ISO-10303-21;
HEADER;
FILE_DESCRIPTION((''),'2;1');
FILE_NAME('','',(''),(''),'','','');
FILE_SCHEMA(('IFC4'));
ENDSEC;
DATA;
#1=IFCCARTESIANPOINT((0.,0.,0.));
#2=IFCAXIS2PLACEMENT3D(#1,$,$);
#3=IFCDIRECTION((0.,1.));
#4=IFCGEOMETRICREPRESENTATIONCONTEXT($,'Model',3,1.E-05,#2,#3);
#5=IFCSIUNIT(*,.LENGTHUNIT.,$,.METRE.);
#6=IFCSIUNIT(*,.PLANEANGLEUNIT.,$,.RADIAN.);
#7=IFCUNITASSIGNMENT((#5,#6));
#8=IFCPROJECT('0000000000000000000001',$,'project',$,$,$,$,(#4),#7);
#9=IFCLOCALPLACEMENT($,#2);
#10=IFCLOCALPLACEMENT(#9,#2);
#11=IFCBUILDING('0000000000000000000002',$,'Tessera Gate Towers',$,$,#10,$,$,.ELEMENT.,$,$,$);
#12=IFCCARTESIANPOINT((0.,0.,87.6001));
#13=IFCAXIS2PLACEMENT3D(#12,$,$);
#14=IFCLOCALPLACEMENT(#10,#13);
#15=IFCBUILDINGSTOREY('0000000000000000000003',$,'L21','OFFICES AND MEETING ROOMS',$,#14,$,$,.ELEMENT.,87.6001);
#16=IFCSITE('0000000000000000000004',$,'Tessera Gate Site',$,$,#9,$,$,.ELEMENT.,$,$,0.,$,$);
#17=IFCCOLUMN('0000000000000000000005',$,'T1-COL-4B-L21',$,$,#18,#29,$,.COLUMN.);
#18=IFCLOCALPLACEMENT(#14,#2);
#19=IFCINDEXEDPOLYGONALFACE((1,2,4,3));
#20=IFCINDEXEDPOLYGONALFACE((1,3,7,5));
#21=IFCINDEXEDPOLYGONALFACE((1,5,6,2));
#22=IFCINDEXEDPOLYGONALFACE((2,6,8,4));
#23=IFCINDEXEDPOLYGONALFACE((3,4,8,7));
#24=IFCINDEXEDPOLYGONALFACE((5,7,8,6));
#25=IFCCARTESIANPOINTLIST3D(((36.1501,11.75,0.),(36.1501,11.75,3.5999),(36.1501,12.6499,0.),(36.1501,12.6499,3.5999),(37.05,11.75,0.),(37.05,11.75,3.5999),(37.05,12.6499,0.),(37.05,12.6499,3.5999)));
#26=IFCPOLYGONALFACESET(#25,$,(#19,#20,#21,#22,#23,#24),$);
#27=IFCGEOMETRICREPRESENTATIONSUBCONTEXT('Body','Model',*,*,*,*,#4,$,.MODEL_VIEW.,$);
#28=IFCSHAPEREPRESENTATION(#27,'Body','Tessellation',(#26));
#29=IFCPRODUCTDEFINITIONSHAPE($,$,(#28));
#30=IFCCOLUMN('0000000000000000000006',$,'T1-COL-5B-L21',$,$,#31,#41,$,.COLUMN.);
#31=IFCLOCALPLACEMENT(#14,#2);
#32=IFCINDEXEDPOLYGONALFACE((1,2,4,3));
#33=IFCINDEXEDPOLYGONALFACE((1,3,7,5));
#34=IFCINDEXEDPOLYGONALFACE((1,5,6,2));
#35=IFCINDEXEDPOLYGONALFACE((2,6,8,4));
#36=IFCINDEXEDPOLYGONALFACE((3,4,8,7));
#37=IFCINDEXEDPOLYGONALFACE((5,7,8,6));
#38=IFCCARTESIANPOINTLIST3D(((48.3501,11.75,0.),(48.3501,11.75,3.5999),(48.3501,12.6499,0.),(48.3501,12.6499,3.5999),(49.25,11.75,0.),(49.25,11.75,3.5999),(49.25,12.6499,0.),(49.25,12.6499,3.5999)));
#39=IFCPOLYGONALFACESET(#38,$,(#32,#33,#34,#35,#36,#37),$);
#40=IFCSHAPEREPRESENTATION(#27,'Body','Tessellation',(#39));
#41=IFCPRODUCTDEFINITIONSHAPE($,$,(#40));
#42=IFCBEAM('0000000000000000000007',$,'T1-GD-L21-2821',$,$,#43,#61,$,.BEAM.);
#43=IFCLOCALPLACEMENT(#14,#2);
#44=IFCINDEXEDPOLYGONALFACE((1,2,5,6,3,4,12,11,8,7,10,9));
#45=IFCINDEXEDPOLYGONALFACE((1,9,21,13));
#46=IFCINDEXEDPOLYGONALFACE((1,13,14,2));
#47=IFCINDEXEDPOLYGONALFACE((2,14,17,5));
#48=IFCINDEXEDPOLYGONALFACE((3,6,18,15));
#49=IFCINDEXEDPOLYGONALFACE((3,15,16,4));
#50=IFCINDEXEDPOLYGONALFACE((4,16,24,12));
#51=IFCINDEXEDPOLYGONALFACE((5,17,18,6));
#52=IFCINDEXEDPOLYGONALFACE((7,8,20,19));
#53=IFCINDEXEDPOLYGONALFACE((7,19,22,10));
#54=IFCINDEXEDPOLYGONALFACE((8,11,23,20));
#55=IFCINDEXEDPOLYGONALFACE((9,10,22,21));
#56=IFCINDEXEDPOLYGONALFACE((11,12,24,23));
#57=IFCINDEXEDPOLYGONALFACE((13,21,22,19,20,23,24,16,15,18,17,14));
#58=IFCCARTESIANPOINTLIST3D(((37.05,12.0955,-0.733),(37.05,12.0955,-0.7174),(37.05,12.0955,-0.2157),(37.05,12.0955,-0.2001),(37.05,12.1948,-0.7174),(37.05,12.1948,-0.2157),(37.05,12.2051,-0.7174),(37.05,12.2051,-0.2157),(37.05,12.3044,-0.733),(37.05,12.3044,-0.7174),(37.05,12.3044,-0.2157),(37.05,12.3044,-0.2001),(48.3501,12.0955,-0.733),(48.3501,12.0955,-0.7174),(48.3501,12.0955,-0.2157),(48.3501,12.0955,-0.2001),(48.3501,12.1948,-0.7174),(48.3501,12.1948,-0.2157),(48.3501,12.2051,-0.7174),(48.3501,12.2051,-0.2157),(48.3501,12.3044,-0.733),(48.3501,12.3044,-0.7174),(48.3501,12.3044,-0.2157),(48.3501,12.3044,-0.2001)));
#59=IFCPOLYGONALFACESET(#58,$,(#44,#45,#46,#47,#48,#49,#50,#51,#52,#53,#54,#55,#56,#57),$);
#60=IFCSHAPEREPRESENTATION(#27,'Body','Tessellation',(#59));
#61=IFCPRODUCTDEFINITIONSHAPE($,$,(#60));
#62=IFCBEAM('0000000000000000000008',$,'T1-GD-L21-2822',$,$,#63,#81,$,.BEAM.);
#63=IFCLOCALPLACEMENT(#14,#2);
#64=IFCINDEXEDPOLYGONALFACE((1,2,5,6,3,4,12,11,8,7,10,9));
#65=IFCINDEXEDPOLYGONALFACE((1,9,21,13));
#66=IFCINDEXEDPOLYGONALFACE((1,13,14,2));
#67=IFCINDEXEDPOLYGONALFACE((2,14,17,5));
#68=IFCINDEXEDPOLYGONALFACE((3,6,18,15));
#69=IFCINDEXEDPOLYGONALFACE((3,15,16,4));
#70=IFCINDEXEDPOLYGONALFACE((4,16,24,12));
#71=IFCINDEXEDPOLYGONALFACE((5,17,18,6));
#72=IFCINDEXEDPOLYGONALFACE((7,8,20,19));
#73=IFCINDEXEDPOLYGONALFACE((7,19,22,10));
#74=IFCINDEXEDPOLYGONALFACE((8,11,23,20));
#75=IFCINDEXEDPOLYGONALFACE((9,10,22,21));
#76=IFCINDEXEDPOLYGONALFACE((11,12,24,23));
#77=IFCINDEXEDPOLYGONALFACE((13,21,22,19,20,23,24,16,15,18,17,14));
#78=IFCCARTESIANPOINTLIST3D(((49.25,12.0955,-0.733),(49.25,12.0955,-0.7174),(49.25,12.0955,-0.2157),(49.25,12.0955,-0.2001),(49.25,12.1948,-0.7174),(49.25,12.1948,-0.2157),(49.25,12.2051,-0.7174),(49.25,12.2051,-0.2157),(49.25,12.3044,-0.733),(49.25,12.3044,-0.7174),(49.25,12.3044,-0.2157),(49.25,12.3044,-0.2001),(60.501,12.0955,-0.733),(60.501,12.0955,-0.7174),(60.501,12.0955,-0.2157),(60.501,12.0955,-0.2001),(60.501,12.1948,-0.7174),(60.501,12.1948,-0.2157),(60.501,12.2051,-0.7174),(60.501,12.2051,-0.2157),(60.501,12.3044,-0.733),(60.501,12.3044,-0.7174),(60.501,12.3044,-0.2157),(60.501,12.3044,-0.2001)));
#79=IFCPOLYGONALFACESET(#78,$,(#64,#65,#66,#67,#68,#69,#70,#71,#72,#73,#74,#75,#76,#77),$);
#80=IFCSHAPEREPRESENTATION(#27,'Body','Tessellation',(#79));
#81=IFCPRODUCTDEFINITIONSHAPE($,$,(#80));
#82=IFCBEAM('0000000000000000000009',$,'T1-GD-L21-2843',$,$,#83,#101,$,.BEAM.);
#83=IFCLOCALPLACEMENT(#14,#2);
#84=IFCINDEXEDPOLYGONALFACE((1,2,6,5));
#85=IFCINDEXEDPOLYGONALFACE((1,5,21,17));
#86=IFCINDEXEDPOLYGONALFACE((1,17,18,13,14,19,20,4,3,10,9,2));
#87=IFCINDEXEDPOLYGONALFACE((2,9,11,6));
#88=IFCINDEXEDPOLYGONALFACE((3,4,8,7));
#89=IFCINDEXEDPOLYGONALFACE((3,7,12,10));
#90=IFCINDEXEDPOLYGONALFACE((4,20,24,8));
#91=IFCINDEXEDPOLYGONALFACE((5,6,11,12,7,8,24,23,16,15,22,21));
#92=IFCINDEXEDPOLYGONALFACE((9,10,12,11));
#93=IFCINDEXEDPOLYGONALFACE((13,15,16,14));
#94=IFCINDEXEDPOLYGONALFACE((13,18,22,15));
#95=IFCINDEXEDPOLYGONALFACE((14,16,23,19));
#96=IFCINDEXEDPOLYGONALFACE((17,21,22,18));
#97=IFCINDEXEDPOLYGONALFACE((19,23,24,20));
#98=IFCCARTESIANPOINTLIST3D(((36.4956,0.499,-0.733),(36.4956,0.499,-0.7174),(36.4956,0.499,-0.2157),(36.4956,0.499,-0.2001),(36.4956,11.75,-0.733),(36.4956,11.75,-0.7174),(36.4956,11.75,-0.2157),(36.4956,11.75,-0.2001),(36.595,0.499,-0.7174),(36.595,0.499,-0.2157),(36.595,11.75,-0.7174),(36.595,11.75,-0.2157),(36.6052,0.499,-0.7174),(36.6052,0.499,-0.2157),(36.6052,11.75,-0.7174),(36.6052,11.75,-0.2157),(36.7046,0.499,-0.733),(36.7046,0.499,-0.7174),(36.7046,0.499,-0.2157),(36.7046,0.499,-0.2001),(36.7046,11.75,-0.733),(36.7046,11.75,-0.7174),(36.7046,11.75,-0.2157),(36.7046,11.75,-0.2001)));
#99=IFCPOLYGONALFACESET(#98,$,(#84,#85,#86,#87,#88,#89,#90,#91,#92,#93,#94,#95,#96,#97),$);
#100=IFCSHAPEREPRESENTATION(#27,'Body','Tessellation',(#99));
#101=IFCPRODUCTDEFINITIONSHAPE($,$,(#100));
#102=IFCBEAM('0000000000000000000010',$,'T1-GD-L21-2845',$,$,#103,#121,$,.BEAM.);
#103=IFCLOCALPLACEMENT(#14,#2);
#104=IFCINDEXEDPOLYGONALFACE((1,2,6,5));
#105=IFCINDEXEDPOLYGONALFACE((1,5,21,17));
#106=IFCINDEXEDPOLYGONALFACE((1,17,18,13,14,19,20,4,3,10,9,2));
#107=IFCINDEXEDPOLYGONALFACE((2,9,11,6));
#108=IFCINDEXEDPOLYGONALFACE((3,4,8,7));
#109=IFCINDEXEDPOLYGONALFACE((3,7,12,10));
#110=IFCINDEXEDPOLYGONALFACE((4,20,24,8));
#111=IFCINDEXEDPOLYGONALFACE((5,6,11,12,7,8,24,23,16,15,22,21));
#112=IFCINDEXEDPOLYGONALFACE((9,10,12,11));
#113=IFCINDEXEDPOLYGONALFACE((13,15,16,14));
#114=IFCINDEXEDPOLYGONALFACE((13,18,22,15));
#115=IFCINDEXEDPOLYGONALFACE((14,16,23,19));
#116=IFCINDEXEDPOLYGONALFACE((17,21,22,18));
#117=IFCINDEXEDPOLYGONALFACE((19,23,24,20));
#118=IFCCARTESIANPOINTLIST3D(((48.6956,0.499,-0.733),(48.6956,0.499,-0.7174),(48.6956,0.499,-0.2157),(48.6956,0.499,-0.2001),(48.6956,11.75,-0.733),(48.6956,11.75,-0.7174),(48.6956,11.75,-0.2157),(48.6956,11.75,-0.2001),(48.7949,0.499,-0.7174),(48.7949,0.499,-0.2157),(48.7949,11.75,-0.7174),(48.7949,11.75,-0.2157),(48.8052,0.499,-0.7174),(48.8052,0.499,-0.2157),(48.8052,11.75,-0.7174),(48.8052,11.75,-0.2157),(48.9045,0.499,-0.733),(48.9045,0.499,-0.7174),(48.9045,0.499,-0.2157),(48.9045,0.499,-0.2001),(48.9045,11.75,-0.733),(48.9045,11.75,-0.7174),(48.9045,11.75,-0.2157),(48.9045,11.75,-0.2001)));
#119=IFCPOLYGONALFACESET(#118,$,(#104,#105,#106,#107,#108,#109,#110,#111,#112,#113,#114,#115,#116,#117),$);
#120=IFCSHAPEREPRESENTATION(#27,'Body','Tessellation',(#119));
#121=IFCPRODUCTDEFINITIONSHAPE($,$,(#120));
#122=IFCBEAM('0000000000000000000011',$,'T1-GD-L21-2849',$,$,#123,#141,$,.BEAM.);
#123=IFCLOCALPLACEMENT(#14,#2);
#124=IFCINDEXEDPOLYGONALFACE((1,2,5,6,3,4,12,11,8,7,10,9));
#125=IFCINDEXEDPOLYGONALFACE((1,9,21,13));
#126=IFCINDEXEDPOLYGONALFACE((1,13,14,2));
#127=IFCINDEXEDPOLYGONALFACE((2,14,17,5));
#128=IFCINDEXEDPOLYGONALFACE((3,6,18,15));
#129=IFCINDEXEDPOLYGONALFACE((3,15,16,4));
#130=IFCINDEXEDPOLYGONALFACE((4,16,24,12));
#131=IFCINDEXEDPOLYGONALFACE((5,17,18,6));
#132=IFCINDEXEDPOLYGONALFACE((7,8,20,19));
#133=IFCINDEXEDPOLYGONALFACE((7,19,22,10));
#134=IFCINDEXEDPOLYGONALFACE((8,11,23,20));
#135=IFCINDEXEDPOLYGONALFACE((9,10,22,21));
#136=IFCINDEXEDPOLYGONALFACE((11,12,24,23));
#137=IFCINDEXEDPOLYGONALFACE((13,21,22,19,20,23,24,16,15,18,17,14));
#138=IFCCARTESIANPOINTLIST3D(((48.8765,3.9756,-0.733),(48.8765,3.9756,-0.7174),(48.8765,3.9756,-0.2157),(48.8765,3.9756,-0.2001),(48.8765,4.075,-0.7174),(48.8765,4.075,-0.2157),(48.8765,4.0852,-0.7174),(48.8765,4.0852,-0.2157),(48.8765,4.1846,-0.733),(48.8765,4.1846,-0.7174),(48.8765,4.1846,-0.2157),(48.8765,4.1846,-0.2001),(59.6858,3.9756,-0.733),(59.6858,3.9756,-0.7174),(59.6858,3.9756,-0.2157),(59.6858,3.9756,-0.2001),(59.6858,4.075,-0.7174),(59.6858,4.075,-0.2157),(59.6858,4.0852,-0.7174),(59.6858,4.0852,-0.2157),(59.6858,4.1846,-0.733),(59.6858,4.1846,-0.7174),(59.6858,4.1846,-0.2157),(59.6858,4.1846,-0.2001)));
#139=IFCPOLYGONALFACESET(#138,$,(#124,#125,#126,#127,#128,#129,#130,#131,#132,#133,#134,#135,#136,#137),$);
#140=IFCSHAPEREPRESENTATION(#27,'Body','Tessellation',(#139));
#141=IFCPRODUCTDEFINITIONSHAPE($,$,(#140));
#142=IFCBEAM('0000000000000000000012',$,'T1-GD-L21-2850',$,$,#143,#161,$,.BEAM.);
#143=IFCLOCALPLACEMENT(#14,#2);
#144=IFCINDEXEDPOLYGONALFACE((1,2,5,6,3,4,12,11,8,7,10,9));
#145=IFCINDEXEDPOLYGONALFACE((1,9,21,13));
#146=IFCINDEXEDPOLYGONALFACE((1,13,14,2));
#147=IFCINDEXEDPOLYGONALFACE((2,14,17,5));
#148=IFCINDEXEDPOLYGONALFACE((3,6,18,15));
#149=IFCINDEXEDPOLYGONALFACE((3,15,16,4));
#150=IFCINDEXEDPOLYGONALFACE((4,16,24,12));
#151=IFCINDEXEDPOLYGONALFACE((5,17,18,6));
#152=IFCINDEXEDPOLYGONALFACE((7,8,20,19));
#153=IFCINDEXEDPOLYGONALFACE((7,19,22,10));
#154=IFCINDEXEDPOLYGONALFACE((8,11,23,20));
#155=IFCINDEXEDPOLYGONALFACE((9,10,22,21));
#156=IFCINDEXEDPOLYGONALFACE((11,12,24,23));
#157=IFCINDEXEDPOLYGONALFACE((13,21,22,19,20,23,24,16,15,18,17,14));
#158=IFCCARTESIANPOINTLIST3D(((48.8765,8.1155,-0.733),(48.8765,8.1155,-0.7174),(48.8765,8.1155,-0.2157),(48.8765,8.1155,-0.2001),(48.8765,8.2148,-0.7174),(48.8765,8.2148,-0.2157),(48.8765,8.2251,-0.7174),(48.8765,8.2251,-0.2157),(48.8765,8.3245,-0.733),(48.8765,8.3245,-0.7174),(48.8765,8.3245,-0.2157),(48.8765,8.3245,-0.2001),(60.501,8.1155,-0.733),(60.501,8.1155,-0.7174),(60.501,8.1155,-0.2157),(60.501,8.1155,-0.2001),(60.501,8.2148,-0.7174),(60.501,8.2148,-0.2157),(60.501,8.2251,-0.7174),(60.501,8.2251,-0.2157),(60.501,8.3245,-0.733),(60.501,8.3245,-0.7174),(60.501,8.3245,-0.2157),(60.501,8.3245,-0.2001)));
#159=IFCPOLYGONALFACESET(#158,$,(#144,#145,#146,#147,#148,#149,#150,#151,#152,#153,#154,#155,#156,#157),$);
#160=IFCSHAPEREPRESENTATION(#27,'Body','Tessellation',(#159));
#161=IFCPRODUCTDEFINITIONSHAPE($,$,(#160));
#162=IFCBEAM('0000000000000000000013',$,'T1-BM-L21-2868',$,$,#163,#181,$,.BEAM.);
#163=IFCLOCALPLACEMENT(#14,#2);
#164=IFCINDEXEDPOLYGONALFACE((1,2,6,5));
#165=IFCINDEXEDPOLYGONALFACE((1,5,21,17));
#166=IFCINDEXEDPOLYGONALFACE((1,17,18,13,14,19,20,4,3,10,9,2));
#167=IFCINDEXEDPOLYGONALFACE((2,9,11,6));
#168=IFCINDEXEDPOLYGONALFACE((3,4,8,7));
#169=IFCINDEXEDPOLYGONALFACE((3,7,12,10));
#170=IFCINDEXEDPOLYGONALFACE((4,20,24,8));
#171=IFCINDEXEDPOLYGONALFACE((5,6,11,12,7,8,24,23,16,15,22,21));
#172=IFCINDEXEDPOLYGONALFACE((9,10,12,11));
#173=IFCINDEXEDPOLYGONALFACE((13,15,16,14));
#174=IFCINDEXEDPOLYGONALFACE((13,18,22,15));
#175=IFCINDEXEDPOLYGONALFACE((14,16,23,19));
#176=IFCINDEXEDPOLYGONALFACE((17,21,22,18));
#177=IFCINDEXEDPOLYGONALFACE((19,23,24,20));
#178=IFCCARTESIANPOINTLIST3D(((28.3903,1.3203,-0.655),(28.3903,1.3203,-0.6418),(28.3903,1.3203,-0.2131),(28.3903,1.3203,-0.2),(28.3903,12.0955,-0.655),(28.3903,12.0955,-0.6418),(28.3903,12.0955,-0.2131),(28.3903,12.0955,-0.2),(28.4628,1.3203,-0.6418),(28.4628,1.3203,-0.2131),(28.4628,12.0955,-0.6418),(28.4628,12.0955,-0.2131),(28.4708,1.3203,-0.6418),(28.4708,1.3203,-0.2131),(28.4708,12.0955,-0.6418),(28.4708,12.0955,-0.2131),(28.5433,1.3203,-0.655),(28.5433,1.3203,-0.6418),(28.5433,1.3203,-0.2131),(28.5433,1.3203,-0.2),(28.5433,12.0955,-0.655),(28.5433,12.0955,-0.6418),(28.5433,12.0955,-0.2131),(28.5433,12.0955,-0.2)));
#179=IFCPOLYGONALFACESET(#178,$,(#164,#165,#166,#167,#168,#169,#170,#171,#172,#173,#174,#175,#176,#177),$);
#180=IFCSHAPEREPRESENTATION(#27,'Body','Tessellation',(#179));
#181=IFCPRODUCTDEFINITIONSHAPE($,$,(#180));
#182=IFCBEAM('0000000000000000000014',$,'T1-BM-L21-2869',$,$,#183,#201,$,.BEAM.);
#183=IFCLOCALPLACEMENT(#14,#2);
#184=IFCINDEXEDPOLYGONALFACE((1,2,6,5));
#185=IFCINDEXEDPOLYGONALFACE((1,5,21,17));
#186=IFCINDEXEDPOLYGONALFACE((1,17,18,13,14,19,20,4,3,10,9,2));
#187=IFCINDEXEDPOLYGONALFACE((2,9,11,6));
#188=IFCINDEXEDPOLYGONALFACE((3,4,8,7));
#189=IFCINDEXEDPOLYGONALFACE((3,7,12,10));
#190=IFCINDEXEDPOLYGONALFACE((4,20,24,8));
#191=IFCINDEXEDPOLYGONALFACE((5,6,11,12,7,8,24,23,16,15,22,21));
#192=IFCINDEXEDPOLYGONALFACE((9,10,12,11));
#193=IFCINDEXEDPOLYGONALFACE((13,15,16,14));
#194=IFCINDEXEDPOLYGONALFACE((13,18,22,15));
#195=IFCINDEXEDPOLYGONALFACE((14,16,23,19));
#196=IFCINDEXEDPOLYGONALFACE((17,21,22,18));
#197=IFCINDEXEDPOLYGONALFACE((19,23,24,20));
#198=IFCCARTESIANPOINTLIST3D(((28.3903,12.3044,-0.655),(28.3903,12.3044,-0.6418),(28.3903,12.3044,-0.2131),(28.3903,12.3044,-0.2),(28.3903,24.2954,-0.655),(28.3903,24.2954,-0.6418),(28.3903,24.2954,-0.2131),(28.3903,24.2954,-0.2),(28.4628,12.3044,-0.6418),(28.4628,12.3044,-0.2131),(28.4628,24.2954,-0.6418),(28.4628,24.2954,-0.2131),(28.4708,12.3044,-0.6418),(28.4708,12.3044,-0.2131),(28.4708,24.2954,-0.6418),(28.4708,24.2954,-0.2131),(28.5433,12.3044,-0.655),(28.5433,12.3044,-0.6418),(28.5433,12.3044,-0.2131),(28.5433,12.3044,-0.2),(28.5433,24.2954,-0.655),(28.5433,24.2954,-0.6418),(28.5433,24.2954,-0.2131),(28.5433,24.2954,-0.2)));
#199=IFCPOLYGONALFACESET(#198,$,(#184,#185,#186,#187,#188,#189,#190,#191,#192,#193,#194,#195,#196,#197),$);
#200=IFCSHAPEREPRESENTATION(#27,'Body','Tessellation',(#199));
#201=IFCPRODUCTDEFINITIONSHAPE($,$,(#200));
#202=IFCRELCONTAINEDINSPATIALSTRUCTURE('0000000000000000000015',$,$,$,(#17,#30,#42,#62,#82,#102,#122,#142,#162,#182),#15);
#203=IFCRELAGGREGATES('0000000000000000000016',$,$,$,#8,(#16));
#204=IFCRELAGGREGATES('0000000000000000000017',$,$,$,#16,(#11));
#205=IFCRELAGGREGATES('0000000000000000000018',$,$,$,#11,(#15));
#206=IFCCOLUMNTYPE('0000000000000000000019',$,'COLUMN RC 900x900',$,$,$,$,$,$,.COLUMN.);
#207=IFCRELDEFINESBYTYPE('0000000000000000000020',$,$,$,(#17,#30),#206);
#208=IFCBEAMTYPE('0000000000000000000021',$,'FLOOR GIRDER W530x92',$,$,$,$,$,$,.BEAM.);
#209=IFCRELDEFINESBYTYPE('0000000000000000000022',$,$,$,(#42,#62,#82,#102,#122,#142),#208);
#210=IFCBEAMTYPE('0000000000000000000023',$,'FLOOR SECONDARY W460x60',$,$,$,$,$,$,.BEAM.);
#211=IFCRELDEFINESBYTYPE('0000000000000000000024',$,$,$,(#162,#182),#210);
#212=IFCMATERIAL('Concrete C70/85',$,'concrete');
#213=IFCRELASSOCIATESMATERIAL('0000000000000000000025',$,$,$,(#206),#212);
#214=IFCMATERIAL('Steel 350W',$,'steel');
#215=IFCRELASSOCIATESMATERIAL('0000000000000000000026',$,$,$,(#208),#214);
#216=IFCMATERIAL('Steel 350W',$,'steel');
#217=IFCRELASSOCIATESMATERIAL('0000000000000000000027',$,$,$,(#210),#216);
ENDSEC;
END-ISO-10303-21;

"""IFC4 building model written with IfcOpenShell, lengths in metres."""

from ifc_helpers import new_model, si_unit, direction, frame, origin, origin_2d, place, context, subcontext, project, spatial, rectangle, i_section, extrude, material, material_profile, profile_set, type_object, element, save


model = new_model("IFC4")

# Units and contexts
model_context = context("Model", 3, precision=1e-05, world=origin(), true_north=direction((0.0, 1.0)))
body_context = subcontext(model_context, "Body", "Model", "MODEL_VIEW")
ifc_project = project(units=[si_unit("LENGTHUNIT", "METRE"), si_unit("PLANEANGLEUNIT", "RADIAN")], contexts=[model_context])

# Site, building, storey
site_placement = place(None, origin())
site = spatial("IfcSite", under=ifc_project, at=site_placement, Name="Tessera Gate Site", CompositionType="ELEMENT", RefElevation=0.0)
building_placement = place(site_placement, origin())
building = spatial("IfcBuilding", under=site, at=building_placement, Name="Tessera Gate Towers", CompositionType="ELEMENT")
storey_placement = place(building_placement, frame((0.0, 0.0, 87.6001)))
storey = spatial("IfcBuildingStorey", under=building, at=storey_placement, Name="L21", Description="OFFICES AND MEETING ROOMS", CompositionType="ELEMENT", Elevation=87.6001)

# Columns
ifc_material_1 = material(Name="Concrete C70/85", Category="concrete")
ifc_material_profile_1 = material_profile(ifc_material_1, rectangle(XDim=0.8999, YDim=0.8999, at=origin_2d()), Name="RC 900x900")
ifc_profile_set_1 = profile_set([ifc_material_profile_1], Name="Concrete C70/85")
column_type = type_object("IfcColumnType", Name="COLUMN RC 900x900", PredefinedType="COLUMN", material=ifc_profile_set_1)
for number, where, z_axis, x_axis, name in (
    (1, (36.6001, 12.2, 0.0), (0.0, 0.0, 1.0), (1.0, 0.0, 0.0), "T1-COL-4B-L21"),
    (2, (48.8, 12.2, 0.0), (0.0, 0.0, 1.0), (1.0, 0.0, 0.0), "T1-COL-5B-L21"),
):
    element("IfcColumn", number, at=place(storey_placement, frame(where, z_axis=z_axis, x_axis=x_axis)), inside=storey, type_object=column_type, Name=name, PredefinedType="COLUMN", context=body_context, shape_type="SweptSolid", body=[
        extrude(rectangle(XDim=0.8999, YDim=0.8999, at=origin_2d()), origin(), (0.0, 0.0, 1.0), 3.5999),
    ])

# Beams
ifc_material_2 = material(Name="Steel 350W", Category="steel")
ifc_material_profile_2 = material_profile(ifc_material_2, i_section(OverallWidth=0.209, OverallDepth=0.533, WebThickness=0.0103, FlangeThickness=0.0156, at=origin_2d()), Name="W530x92")
ifc_profile_set_2 = profile_set([ifc_material_profile_2], Name="Steel 350W")
beam_type_1 = type_object("IfcBeamType", Name="FLOOR GIRDER W530x92", PredefinedType="BEAM", material=ifc_profile_set_2)
beam_1_placement = place(storey_placement, frame((37.05, 12.2, -0.4666), z_axis=(1.0, 0.0, 0.0), x_axis=(0.0, 1.0, 0.0)))
element("IfcBeam", 3, at=beam_1_placement, inside=storey, type_object=beam_type_1, Name="T1-GD-L21-2821", PredefinedType="BEAM", context=body_context, shape_type="SweptSolid", body=[
    extrude(i_section(OverallWidth=0.209, OverallDepth=0.533, WebThickness=0.0103, FlangeThickness=0.0156, at=origin_2d()), origin(), (0.0, 0.0, 1.0), 11.3),
])
for number, where, z_axis, x_axis, name in (
    (4, (49.25, 12.2, -0.4666), (1.0, 0.0, 0.0), (0.0, 1.0, 0.0), "T1-GD-L21-2822"),
    (5, (36.6001, 0.499, -0.4666), (0.0, 1.0, 0.0), (-1.0, 0.0, 0.0), "T1-GD-L21-2843"),
    (6, (48.8, 0.499, -0.4666), (0.0, 1.0, 0.0), (-1.0, 0.0, 0.0), "T1-GD-L21-2845"),
):
    element("IfcBeam", number, at=place(storey_placement, frame(where, z_axis=z_axis, x_axis=x_axis)), inside=storey, type_object=beam_type_1, Name=name, PredefinedType="BEAM", context=body_context, shape_type="SweptSolid", body=[
        extrude(i_section(OverallWidth=0.209, OverallDepth=0.533, WebThickness=0.0103, FlangeThickness=0.0156, at=origin_2d()), origin(), (0.0, 0.0, 1.0), 11.251),
    ])
beam_2_placement = place(storey_placement, frame((48.8765, 4.0801, -0.4666), z_axis=(1.0, 0.0, 0.0), x_axis=(0.0, 1.0, 0.0)))
element("IfcBeam", 7, at=beam_2_placement, inside=storey, type_object=beam_type_1, Name="T1-GD-L21-2849", PredefinedType="BEAM", context=body_context, shape_type="SweptSolid", body=[
    extrude(i_section(OverallWidth=0.209, OverallDepth=0.533, WebThickness=0.0103, FlangeThickness=0.0156, at=origin_2d()), origin(), (0.0, 0.0, 1.0), 10.8093),
])
beam_3_placement = place(storey_placement, frame((48.8765, 8.22, -0.4666), z_axis=(1.0, 0.0, 0.0), x_axis=(0.0, 1.0, 0.0)))
element("IfcBeam", 8, at=beam_3_placement, inside=storey, type_object=beam_type_1, Name="T1-GD-L21-2850", PredefinedType="BEAM", context=body_context, shape_type="SweptSolid", body=[
    extrude(i_section(OverallWidth=0.209, OverallDepth=0.533, WebThickness=0.0103, FlangeThickness=0.0156, at=origin_2d()), origin(), (0.0, 0.0, 1.0), 11.6245),
])
ifc_material_3 = material(Name="Steel 350W", Category="steel")
ifc_material_profile_3 = material_profile(ifc_material_3, i_section(OverallWidth=0.1531, OverallDepth=0.4551, WebThickness=0.0081, FlangeThickness=0.0132, at=origin_2d()), Name="W460x60")
ifc_profile_set_3 = profile_set([ifc_material_profile_3], Name="Steel 350W")
beam_type_2 = type_object("IfcBeamType", Name="FLOOR SECONDARY W460x60", PredefinedType="BEAM", material=ifc_profile_set_3)
beam_4_placement = place(storey_placement, frame((28.4668, 1.3203, -0.4275), z_axis=(0.0, 1.0, 0.0), x_axis=(-1.0, 0.0, 0.0)))
element("IfcBeam", 9, at=beam_4_placement, inside=storey, type_object=beam_type_2, Name="T1-BM-L21-2868", PredefinedType="BEAM", context=body_context, shape_type="SweptSolid", body=[
    extrude(i_section(OverallWidth=0.1531, OverallDepth=0.4551, WebThickness=0.0081, FlangeThickness=0.0132, at=origin_2d()), origin(), (0.0, 0.0, 1.0), 10.7751),
])
beam_5_placement = place(storey_placement, frame((28.4668, 12.3044, -0.4275), z_axis=(0.0, 1.0, 0.0), x_axis=(-1.0, 0.0, 0.0)))
element("IfcBeam", 10, at=beam_5_placement, inside=storey, type_object=beam_type_2, Name="T1-BM-L21-2869", PredefinedType="BEAM", context=body_context, shape_type="SweptSolid", body=[
    extrude(i_section(OverallWidth=0.1531, OverallDepth=0.4551, WebThickness=0.0081, FlangeThickness=0.0132, at=origin_2d()), origin(), (0.0, 0.0, 1.0), 11.991),
])

save(model, "model.ifc")
